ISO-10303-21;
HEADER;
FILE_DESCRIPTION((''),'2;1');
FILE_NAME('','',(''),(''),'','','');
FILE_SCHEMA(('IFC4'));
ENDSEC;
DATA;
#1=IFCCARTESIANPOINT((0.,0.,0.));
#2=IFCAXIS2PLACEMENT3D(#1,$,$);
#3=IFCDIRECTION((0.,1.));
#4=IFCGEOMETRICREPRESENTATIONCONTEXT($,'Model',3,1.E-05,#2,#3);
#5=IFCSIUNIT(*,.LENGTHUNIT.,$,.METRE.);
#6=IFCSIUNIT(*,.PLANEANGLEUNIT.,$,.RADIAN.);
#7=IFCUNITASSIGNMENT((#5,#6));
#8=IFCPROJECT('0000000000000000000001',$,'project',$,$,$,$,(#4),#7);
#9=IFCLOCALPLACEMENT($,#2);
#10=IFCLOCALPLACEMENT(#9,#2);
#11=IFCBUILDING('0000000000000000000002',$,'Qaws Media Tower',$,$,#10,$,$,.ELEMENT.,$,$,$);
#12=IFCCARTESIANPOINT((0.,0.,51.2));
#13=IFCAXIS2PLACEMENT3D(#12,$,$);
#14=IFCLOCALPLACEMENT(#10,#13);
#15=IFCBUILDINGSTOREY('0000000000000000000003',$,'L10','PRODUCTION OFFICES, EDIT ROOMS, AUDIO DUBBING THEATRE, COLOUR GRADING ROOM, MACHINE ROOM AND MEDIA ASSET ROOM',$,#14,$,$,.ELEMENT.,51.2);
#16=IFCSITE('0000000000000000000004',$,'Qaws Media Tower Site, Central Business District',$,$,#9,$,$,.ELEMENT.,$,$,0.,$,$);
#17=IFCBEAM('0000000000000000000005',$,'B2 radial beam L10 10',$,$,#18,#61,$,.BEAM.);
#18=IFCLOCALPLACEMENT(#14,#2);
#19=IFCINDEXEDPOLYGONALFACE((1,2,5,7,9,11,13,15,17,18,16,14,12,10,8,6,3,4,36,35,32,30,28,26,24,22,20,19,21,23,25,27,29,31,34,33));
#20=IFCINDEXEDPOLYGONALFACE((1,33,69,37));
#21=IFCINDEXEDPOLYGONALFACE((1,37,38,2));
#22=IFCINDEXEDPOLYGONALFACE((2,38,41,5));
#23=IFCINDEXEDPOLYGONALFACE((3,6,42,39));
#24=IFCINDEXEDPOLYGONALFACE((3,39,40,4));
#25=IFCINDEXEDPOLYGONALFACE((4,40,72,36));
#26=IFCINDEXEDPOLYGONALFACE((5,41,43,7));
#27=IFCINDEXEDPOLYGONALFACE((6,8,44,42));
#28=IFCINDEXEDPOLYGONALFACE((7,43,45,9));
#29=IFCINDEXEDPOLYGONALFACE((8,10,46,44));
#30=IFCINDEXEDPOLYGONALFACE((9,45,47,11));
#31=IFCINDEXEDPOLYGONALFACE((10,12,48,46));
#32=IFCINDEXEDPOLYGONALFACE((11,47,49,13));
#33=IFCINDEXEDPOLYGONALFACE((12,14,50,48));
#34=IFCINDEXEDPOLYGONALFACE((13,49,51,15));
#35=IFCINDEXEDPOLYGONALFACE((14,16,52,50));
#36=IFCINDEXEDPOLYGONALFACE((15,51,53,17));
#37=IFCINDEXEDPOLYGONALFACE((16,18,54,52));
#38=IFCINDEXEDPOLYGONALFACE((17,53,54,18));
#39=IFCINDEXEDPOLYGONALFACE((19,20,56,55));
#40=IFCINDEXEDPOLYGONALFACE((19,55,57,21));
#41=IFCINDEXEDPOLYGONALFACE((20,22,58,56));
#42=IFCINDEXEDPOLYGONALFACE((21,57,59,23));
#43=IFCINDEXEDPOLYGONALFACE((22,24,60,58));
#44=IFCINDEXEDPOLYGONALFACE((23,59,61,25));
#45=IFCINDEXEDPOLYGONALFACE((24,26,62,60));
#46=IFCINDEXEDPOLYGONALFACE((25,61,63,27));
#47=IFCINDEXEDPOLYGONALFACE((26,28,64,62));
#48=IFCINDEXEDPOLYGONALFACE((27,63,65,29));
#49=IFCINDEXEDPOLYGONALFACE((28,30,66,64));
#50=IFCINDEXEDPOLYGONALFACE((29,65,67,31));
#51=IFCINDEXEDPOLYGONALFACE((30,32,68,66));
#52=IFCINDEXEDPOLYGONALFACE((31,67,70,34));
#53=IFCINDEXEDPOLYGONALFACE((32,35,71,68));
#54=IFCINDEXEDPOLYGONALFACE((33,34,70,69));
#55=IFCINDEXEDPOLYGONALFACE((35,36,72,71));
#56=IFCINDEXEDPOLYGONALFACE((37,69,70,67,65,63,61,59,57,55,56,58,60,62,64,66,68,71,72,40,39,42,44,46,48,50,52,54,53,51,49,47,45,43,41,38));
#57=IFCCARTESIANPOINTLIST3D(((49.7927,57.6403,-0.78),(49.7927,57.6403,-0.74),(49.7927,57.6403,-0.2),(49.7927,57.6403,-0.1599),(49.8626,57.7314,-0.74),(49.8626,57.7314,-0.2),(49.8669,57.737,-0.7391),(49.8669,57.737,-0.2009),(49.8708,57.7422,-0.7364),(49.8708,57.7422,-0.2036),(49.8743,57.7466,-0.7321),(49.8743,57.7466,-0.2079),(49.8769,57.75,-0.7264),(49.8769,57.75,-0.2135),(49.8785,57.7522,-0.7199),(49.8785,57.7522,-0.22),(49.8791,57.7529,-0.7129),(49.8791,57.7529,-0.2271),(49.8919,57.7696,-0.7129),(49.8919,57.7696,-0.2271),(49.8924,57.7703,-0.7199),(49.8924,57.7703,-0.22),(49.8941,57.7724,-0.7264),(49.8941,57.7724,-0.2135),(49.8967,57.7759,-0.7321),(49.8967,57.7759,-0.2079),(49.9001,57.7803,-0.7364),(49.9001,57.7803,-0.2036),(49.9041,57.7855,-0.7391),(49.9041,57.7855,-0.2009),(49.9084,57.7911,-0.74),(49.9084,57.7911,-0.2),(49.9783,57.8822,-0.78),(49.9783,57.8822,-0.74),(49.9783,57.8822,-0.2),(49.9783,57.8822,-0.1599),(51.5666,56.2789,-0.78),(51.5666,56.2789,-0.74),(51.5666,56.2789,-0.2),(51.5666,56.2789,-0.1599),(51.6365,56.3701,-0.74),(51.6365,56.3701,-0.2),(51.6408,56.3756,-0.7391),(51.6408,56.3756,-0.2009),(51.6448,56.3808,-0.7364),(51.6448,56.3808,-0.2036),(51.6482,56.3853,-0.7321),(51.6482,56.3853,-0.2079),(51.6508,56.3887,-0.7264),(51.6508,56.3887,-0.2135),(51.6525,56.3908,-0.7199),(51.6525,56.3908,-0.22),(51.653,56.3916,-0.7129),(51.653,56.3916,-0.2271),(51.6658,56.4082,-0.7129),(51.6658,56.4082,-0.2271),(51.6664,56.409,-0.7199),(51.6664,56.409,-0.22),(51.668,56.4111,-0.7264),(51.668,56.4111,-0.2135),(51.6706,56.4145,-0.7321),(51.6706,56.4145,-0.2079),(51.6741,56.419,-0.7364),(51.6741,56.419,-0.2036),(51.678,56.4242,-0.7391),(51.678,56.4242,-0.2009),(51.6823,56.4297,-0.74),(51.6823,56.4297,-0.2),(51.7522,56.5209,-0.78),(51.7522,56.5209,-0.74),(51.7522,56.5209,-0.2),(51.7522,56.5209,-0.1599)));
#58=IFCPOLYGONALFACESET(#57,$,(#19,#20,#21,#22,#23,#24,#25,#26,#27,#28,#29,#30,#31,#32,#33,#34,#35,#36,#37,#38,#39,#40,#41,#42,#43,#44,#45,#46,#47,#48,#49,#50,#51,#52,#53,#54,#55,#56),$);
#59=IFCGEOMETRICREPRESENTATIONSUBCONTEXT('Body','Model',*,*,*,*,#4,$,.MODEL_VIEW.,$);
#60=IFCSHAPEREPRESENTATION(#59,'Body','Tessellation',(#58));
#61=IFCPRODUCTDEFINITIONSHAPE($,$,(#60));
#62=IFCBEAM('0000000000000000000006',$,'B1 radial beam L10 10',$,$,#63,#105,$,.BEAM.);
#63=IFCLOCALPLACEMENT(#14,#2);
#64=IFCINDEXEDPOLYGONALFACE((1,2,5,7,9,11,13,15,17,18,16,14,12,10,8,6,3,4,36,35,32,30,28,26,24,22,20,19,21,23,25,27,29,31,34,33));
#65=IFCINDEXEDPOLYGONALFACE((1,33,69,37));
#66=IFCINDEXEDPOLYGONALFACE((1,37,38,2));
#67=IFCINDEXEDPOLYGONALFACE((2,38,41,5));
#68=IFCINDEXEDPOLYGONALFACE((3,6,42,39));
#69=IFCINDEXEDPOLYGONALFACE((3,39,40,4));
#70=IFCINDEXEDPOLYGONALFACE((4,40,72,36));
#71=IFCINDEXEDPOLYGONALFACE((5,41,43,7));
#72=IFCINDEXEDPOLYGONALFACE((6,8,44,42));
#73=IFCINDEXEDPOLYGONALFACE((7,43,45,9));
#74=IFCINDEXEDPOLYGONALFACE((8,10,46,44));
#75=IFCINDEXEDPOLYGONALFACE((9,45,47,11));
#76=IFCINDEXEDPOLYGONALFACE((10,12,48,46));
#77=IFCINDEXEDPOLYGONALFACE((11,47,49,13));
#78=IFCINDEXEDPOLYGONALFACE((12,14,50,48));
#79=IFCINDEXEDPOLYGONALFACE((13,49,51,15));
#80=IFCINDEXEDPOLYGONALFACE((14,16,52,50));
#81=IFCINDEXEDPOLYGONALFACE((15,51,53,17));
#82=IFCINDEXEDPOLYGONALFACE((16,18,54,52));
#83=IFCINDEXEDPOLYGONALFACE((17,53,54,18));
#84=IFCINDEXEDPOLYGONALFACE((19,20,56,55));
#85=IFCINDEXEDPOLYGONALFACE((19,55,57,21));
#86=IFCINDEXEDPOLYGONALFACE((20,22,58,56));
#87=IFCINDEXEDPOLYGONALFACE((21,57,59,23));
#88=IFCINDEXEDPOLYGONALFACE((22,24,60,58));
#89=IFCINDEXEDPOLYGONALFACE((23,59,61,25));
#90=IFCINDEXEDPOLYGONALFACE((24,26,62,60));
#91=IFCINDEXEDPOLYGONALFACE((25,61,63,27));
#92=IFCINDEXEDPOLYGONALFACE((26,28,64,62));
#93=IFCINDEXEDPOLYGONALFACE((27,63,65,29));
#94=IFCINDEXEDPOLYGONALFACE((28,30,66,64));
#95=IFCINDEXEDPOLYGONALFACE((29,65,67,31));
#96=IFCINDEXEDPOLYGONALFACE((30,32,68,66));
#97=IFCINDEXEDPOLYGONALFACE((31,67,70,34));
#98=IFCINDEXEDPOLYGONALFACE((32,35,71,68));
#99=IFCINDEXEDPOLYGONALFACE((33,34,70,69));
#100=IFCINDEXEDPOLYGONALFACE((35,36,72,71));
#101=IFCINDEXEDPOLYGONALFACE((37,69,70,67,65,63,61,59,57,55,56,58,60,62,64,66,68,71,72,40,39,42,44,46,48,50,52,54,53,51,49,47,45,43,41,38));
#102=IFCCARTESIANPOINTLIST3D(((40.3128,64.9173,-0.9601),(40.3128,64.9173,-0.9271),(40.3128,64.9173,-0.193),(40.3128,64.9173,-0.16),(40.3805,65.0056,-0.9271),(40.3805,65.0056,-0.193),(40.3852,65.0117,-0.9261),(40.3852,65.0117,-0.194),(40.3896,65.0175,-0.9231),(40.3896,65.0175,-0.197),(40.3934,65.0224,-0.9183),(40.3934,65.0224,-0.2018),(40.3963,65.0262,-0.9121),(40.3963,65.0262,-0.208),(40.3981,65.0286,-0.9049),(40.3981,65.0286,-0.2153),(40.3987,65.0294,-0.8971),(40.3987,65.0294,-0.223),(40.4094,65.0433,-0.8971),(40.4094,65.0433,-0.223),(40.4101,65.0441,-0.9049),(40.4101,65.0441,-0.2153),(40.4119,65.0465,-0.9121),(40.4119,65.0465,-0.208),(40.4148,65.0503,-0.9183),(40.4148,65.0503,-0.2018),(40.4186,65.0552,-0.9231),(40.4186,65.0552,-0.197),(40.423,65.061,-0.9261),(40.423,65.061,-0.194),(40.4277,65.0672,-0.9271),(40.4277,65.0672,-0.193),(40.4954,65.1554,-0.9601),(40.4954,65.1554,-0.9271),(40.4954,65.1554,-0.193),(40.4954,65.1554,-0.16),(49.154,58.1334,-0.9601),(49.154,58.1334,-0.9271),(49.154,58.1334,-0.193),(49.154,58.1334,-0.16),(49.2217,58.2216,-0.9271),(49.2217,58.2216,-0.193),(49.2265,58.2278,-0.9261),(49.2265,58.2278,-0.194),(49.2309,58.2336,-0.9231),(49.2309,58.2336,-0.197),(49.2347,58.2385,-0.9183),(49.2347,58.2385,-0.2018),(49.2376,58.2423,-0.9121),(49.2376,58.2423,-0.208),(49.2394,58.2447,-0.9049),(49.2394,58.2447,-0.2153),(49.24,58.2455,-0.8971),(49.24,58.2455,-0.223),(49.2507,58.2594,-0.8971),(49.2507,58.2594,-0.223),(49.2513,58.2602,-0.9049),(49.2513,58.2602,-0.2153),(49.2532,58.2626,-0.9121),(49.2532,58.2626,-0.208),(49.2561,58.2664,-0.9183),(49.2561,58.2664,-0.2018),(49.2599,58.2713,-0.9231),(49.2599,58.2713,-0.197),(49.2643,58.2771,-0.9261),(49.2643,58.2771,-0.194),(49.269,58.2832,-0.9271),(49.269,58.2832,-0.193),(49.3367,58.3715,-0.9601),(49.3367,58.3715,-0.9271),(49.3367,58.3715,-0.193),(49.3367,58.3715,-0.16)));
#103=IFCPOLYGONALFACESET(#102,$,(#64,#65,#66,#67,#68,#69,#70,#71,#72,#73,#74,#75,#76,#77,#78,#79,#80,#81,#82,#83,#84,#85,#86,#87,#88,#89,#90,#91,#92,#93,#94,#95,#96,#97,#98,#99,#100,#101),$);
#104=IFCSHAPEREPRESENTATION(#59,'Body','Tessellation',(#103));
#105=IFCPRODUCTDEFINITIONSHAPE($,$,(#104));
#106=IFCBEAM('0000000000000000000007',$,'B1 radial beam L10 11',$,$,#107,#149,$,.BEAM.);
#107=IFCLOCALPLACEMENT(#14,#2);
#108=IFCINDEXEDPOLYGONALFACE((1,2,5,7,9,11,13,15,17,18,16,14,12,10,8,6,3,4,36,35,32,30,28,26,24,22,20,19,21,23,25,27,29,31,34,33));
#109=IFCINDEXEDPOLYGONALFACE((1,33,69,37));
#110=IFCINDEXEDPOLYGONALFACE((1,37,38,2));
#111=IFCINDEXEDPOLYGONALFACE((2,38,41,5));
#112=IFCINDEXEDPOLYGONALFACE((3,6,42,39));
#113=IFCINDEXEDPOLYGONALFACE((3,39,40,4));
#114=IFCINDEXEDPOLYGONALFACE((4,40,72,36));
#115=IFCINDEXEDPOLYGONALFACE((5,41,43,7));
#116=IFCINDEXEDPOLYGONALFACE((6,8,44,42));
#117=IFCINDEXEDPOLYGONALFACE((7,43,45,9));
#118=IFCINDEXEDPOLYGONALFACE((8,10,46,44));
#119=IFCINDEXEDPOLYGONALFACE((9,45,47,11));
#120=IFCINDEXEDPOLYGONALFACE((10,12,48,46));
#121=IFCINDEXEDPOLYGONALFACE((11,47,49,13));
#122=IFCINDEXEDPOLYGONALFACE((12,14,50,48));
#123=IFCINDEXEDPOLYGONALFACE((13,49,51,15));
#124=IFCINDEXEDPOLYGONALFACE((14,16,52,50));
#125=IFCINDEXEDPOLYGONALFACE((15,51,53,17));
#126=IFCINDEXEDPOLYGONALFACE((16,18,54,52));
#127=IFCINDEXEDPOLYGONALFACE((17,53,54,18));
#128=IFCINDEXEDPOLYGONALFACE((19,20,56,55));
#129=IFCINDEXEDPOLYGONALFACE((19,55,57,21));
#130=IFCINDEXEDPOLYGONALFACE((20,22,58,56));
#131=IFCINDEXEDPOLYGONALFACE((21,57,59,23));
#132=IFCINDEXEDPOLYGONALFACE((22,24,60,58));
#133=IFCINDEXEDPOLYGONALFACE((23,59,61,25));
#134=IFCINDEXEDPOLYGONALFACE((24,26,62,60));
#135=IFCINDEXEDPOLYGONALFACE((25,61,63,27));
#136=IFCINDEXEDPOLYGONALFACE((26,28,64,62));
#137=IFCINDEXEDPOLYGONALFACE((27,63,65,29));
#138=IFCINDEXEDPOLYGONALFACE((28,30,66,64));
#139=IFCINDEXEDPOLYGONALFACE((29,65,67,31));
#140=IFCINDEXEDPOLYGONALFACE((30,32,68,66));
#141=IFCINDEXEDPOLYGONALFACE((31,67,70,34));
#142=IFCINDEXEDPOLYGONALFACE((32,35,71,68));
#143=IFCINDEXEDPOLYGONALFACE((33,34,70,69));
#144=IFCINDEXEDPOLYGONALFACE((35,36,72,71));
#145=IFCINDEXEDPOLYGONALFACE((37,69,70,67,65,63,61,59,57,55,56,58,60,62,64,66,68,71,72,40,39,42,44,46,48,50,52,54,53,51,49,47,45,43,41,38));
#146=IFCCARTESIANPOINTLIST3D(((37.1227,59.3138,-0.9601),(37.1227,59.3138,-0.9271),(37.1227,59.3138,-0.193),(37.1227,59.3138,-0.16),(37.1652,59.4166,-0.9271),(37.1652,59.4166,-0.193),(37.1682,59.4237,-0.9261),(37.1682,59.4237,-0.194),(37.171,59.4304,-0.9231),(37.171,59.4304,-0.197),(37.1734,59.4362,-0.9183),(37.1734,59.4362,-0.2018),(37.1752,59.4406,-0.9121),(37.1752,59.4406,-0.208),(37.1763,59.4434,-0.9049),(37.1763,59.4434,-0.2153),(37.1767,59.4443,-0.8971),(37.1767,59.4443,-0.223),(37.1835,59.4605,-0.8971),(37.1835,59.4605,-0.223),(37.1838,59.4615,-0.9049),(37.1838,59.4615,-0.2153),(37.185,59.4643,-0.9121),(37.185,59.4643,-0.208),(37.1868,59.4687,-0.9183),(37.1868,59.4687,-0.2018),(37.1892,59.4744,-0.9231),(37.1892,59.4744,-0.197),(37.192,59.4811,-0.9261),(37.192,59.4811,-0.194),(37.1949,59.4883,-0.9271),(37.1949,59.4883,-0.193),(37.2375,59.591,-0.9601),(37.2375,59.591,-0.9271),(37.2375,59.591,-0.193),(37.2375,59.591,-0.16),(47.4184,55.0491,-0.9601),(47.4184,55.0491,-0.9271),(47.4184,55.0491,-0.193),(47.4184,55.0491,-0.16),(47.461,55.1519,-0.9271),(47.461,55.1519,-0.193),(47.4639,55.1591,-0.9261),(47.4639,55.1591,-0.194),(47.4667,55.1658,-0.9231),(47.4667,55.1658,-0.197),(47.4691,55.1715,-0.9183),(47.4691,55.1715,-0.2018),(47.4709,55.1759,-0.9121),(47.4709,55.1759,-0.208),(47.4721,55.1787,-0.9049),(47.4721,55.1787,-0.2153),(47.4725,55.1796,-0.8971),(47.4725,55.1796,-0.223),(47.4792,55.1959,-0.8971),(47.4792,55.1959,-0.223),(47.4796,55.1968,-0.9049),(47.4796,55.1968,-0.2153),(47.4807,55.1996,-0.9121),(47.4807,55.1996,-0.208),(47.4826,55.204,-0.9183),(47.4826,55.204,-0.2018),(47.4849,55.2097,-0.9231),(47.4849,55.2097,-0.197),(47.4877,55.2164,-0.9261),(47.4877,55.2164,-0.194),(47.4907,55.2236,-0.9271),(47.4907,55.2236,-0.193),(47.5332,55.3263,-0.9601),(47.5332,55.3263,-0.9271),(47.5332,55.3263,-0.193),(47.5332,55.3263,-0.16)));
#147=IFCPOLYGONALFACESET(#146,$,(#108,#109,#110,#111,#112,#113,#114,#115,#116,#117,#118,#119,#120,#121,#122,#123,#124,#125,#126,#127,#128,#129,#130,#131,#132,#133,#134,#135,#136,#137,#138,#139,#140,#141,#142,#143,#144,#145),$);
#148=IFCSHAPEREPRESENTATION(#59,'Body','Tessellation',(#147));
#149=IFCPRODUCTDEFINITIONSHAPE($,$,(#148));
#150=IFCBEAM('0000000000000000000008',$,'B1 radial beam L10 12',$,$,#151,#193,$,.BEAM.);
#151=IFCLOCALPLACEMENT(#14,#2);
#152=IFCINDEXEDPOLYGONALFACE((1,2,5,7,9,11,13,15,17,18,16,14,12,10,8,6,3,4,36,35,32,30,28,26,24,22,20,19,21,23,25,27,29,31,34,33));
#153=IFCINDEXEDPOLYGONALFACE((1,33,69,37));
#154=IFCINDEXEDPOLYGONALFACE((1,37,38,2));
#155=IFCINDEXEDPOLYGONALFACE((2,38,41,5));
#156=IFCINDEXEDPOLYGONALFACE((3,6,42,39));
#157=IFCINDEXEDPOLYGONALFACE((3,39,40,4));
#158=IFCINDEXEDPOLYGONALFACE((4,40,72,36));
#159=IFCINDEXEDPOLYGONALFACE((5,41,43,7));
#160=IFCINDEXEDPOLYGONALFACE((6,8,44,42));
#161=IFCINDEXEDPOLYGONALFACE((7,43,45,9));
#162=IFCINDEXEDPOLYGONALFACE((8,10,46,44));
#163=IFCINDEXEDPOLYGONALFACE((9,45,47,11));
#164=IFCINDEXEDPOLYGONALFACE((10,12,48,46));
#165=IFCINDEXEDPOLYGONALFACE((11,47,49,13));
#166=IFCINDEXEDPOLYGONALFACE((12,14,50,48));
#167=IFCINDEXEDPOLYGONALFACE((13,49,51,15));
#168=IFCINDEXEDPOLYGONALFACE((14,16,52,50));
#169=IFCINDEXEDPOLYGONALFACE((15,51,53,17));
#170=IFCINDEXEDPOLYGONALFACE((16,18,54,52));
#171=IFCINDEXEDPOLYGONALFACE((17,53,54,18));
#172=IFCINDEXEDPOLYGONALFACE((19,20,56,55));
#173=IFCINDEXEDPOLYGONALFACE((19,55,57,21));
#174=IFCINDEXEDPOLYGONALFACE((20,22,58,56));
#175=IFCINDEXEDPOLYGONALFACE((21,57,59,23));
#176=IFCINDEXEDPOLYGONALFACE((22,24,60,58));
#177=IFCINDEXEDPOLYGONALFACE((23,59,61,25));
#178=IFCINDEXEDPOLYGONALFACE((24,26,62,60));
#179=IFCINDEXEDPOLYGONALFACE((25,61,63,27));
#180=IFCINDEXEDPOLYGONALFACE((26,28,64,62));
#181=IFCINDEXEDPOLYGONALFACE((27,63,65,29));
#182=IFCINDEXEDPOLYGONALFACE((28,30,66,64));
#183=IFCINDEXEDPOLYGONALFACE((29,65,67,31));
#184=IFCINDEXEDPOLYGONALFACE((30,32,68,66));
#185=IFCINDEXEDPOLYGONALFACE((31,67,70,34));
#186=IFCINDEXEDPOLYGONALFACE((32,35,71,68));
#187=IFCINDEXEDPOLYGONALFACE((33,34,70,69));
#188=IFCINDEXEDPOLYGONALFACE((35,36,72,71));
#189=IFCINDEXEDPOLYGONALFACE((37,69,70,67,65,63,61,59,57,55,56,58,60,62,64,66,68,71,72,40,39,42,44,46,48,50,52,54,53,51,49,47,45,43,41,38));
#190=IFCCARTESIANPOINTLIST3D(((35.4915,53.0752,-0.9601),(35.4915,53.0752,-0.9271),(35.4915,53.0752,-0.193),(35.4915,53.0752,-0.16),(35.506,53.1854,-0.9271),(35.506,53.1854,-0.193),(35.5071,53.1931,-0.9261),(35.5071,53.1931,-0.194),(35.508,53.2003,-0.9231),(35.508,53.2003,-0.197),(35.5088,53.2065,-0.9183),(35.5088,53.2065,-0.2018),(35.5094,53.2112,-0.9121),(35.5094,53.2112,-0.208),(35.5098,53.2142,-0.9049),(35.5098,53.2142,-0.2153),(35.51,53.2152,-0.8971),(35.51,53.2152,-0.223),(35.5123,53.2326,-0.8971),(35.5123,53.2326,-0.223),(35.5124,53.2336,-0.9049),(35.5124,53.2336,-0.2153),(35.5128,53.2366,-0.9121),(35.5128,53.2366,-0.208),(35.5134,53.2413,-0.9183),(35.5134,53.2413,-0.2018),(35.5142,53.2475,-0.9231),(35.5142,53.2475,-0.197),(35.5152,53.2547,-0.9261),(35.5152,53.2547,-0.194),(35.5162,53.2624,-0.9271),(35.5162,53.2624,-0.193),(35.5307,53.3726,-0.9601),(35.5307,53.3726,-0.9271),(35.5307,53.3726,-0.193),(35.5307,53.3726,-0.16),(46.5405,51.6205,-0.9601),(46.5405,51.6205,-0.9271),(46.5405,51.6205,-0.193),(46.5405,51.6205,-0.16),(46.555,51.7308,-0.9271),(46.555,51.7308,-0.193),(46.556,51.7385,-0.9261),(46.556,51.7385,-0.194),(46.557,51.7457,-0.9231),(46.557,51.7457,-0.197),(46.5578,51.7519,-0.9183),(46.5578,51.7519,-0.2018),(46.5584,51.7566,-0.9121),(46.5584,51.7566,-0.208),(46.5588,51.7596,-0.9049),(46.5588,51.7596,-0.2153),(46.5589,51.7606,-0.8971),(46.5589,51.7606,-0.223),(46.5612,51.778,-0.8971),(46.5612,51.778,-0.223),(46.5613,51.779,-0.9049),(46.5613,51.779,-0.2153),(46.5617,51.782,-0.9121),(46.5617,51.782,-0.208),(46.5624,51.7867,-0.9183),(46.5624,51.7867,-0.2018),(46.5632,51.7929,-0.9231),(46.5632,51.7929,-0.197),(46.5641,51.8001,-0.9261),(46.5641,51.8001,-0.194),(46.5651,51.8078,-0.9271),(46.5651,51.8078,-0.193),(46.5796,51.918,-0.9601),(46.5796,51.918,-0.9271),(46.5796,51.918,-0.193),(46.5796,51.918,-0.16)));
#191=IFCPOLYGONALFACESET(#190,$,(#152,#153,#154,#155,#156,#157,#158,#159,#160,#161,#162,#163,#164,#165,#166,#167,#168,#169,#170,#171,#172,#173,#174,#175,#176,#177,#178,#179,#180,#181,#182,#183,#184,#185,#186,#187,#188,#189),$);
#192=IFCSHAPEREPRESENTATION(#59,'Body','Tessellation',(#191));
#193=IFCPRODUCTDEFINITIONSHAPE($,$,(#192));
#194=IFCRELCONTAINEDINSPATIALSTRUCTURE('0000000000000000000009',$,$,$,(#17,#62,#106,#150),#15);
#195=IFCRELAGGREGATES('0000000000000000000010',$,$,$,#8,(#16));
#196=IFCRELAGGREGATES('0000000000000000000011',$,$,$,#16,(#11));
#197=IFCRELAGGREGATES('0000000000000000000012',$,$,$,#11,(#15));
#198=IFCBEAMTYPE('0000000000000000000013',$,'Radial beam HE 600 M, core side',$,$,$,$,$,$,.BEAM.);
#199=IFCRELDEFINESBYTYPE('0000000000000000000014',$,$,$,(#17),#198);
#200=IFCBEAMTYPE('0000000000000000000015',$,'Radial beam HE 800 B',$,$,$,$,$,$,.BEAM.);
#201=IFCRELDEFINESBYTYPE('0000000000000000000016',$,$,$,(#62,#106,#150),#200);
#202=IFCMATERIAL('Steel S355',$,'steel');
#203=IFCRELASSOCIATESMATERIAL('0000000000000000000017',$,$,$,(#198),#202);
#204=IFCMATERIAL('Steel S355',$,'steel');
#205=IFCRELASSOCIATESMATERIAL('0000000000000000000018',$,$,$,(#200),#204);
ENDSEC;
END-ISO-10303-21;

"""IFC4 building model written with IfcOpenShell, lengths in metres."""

from ifc_helpers import new_model, si_unit, direction, frame, origin, origin_2d, place, context, subcontext, project, spatial, i_section, extrude, material, material_profile, profile_set, type_object, element, save


model = new_model("IFC4")

# Units and contexts
model_context = context("Model", 3, precision=1e-05, world=origin(), true_north=direction((0.0, 1.0)))
body_context = subcontext(model_context, "Body", "Model", "MODEL_VIEW")
ifc_project = project(units=[si_unit("LENGTHUNIT", "METRE"), si_unit("PLANEANGLEUNIT", "RADIAN")], contexts=[model_context])

# Site, building, storey
site_placement = place(None, origin())
site = spatial("IfcSite", under=ifc_project, at=site_placement, Name="Qaws Media Tower Site, Central Business District", CompositionType="ELEMENT", RefElevation=0.0)
building_placement = place(site_placement, origin())
building = spatial("IfcBuilding", under=site, at=building_placement, Name="Qaws Media Tower", CompositionType="ELEMENT")
storey_placement = place(building_placement, frame((0.0, 0.0, 51.2)))
storey = spatial("IfcBuildingStorey", under=building, at=storey_placement, Name="L10", Description="PRODUCTION OFFICES, EDIT ROOMS, AUDIO DUBBING THEATRE, COLOUR GRADING ROOM, MACHINE ROOM AND MEDIA ASSET ROOM", CompositionType="ELEMENT", Elevation=51.2)

# Beams
ifc_material_1 = material(Name="Steel S355", Category="steel")
ifc_material_profile_1 = material_profile(ifc_material_1, i_section(OverallWidth=0.3049, OverallDepth=0.6201, WebThickness=0.021, FlangeThickness=0.04, FilletRadius=0.0271, at=origin_2d()), Name="HE 600 M")
ifc_profile_set_1 = profile_set([ifc_material_profile_1], Name="Steel S355")
beam_type_1 = type_object("IfcBeamType", Name="Radial beam HE 600 M, core side", PredefinedType="BEAM", material=ifc_profile_set_1)
beam_1_placement = place(storey_placement, frame((51.6594, 56.3999, -0.47), z_axis=(-0.793322, 0.608803, 0.0), x_axis=(-0.608803, -0.793322, 0.0)))
element("IfcBeam", 1, at=beam_1_placement, inside=storey, type_object=beam_type_1, Name="B2 radial beam L10 10", PredefinedType="BEAM", context=body_context, shape_type="SweptSolid", body=[
    extrude(i_section(OverallWidth=0.3049, OverallDepth=0.6201, WebThickness=0.021, FlangeThickness=0.04, FilletRadius=0.0271, at=origin_2d()), origin(), (0.0, 0.0, 1.0), 2.2361),
])
ifc_material_2 = material(Name="Steel S355", Category="steel")
ifc_material_profile_2 = material_profile(ifc_material_2, i_section(OverallWidth=0.3, OverallDepth=0.8, WebThickness=0.0176, FlangeThickness=0.033, FilletRadius=0.03, at=origin_2d()), Name="HE 800 B")
ifc_profile_set_2 = profile_set([ifc_material_profile_2], Name="Steel S355")
beam_type_2 = type_object("IfcBeamType", Name="Radial beam HE 800 B", PredefinedType="BEAM", material=ifc_profile_set_2)
for number, where, z_axis, x_axis, name in (
    (2, (49.2454, 58.2524, -0.5601), (-0.793364, 0.608748, 0.0), (-0.608748, -0.793364, 0.0), "B1 radial beam L10 10"),
    (3, (47.4758, 55.1877, -0.5601), (-0.923878, 0.382687, 0.0), (-0.382687, -0.923878, 0.0), "B1 radial beam L10 11"),
):
    element("IfcBeam", number, at=place(storey_placement, frame(where, z_axis=z_axis, x_axis=x_axis)), inside=storey, type_object=beam_type_2, Name=name, PredefinedType="BEAM", context=body_context, shape_type="SweptSolid", body=[
        extrude(i_section(OverallWidth=0.3, OverallDepth=0.8, WebThickness=0.0176, FlangeThickness=0.033, FilletRadius=0.03, at=origin_2d()), origin(), (0.0, 0.0, 1.0), 11.144),
    ])
beam_2_placement = place(storey_placement, frame((46.5601, 51.7693, -0.5601), z_axis=(-0.991445, 0.130525, 0.0), x_axis=(-0.130525, -0.991445, 0.0)))
element("IfcBeam", 4, at=beam_2_placement, inside=storey, type_object=beam_type_2, Name="B1 radial beam L10 12", PredefinedType="BEAM", context=body_context, shape_type="SweptSolid", body=[
    extrude(i_section(OverallWidth=0.3, OverallDepth=0.8, WebThickness=0.0176, FlangeThickness=0.033, FilletRadius=0.03, at=origin_2d()), origin(), (0.0, 0.0, 1.0), 11.1443),
])

save(model, "model.ifc")
